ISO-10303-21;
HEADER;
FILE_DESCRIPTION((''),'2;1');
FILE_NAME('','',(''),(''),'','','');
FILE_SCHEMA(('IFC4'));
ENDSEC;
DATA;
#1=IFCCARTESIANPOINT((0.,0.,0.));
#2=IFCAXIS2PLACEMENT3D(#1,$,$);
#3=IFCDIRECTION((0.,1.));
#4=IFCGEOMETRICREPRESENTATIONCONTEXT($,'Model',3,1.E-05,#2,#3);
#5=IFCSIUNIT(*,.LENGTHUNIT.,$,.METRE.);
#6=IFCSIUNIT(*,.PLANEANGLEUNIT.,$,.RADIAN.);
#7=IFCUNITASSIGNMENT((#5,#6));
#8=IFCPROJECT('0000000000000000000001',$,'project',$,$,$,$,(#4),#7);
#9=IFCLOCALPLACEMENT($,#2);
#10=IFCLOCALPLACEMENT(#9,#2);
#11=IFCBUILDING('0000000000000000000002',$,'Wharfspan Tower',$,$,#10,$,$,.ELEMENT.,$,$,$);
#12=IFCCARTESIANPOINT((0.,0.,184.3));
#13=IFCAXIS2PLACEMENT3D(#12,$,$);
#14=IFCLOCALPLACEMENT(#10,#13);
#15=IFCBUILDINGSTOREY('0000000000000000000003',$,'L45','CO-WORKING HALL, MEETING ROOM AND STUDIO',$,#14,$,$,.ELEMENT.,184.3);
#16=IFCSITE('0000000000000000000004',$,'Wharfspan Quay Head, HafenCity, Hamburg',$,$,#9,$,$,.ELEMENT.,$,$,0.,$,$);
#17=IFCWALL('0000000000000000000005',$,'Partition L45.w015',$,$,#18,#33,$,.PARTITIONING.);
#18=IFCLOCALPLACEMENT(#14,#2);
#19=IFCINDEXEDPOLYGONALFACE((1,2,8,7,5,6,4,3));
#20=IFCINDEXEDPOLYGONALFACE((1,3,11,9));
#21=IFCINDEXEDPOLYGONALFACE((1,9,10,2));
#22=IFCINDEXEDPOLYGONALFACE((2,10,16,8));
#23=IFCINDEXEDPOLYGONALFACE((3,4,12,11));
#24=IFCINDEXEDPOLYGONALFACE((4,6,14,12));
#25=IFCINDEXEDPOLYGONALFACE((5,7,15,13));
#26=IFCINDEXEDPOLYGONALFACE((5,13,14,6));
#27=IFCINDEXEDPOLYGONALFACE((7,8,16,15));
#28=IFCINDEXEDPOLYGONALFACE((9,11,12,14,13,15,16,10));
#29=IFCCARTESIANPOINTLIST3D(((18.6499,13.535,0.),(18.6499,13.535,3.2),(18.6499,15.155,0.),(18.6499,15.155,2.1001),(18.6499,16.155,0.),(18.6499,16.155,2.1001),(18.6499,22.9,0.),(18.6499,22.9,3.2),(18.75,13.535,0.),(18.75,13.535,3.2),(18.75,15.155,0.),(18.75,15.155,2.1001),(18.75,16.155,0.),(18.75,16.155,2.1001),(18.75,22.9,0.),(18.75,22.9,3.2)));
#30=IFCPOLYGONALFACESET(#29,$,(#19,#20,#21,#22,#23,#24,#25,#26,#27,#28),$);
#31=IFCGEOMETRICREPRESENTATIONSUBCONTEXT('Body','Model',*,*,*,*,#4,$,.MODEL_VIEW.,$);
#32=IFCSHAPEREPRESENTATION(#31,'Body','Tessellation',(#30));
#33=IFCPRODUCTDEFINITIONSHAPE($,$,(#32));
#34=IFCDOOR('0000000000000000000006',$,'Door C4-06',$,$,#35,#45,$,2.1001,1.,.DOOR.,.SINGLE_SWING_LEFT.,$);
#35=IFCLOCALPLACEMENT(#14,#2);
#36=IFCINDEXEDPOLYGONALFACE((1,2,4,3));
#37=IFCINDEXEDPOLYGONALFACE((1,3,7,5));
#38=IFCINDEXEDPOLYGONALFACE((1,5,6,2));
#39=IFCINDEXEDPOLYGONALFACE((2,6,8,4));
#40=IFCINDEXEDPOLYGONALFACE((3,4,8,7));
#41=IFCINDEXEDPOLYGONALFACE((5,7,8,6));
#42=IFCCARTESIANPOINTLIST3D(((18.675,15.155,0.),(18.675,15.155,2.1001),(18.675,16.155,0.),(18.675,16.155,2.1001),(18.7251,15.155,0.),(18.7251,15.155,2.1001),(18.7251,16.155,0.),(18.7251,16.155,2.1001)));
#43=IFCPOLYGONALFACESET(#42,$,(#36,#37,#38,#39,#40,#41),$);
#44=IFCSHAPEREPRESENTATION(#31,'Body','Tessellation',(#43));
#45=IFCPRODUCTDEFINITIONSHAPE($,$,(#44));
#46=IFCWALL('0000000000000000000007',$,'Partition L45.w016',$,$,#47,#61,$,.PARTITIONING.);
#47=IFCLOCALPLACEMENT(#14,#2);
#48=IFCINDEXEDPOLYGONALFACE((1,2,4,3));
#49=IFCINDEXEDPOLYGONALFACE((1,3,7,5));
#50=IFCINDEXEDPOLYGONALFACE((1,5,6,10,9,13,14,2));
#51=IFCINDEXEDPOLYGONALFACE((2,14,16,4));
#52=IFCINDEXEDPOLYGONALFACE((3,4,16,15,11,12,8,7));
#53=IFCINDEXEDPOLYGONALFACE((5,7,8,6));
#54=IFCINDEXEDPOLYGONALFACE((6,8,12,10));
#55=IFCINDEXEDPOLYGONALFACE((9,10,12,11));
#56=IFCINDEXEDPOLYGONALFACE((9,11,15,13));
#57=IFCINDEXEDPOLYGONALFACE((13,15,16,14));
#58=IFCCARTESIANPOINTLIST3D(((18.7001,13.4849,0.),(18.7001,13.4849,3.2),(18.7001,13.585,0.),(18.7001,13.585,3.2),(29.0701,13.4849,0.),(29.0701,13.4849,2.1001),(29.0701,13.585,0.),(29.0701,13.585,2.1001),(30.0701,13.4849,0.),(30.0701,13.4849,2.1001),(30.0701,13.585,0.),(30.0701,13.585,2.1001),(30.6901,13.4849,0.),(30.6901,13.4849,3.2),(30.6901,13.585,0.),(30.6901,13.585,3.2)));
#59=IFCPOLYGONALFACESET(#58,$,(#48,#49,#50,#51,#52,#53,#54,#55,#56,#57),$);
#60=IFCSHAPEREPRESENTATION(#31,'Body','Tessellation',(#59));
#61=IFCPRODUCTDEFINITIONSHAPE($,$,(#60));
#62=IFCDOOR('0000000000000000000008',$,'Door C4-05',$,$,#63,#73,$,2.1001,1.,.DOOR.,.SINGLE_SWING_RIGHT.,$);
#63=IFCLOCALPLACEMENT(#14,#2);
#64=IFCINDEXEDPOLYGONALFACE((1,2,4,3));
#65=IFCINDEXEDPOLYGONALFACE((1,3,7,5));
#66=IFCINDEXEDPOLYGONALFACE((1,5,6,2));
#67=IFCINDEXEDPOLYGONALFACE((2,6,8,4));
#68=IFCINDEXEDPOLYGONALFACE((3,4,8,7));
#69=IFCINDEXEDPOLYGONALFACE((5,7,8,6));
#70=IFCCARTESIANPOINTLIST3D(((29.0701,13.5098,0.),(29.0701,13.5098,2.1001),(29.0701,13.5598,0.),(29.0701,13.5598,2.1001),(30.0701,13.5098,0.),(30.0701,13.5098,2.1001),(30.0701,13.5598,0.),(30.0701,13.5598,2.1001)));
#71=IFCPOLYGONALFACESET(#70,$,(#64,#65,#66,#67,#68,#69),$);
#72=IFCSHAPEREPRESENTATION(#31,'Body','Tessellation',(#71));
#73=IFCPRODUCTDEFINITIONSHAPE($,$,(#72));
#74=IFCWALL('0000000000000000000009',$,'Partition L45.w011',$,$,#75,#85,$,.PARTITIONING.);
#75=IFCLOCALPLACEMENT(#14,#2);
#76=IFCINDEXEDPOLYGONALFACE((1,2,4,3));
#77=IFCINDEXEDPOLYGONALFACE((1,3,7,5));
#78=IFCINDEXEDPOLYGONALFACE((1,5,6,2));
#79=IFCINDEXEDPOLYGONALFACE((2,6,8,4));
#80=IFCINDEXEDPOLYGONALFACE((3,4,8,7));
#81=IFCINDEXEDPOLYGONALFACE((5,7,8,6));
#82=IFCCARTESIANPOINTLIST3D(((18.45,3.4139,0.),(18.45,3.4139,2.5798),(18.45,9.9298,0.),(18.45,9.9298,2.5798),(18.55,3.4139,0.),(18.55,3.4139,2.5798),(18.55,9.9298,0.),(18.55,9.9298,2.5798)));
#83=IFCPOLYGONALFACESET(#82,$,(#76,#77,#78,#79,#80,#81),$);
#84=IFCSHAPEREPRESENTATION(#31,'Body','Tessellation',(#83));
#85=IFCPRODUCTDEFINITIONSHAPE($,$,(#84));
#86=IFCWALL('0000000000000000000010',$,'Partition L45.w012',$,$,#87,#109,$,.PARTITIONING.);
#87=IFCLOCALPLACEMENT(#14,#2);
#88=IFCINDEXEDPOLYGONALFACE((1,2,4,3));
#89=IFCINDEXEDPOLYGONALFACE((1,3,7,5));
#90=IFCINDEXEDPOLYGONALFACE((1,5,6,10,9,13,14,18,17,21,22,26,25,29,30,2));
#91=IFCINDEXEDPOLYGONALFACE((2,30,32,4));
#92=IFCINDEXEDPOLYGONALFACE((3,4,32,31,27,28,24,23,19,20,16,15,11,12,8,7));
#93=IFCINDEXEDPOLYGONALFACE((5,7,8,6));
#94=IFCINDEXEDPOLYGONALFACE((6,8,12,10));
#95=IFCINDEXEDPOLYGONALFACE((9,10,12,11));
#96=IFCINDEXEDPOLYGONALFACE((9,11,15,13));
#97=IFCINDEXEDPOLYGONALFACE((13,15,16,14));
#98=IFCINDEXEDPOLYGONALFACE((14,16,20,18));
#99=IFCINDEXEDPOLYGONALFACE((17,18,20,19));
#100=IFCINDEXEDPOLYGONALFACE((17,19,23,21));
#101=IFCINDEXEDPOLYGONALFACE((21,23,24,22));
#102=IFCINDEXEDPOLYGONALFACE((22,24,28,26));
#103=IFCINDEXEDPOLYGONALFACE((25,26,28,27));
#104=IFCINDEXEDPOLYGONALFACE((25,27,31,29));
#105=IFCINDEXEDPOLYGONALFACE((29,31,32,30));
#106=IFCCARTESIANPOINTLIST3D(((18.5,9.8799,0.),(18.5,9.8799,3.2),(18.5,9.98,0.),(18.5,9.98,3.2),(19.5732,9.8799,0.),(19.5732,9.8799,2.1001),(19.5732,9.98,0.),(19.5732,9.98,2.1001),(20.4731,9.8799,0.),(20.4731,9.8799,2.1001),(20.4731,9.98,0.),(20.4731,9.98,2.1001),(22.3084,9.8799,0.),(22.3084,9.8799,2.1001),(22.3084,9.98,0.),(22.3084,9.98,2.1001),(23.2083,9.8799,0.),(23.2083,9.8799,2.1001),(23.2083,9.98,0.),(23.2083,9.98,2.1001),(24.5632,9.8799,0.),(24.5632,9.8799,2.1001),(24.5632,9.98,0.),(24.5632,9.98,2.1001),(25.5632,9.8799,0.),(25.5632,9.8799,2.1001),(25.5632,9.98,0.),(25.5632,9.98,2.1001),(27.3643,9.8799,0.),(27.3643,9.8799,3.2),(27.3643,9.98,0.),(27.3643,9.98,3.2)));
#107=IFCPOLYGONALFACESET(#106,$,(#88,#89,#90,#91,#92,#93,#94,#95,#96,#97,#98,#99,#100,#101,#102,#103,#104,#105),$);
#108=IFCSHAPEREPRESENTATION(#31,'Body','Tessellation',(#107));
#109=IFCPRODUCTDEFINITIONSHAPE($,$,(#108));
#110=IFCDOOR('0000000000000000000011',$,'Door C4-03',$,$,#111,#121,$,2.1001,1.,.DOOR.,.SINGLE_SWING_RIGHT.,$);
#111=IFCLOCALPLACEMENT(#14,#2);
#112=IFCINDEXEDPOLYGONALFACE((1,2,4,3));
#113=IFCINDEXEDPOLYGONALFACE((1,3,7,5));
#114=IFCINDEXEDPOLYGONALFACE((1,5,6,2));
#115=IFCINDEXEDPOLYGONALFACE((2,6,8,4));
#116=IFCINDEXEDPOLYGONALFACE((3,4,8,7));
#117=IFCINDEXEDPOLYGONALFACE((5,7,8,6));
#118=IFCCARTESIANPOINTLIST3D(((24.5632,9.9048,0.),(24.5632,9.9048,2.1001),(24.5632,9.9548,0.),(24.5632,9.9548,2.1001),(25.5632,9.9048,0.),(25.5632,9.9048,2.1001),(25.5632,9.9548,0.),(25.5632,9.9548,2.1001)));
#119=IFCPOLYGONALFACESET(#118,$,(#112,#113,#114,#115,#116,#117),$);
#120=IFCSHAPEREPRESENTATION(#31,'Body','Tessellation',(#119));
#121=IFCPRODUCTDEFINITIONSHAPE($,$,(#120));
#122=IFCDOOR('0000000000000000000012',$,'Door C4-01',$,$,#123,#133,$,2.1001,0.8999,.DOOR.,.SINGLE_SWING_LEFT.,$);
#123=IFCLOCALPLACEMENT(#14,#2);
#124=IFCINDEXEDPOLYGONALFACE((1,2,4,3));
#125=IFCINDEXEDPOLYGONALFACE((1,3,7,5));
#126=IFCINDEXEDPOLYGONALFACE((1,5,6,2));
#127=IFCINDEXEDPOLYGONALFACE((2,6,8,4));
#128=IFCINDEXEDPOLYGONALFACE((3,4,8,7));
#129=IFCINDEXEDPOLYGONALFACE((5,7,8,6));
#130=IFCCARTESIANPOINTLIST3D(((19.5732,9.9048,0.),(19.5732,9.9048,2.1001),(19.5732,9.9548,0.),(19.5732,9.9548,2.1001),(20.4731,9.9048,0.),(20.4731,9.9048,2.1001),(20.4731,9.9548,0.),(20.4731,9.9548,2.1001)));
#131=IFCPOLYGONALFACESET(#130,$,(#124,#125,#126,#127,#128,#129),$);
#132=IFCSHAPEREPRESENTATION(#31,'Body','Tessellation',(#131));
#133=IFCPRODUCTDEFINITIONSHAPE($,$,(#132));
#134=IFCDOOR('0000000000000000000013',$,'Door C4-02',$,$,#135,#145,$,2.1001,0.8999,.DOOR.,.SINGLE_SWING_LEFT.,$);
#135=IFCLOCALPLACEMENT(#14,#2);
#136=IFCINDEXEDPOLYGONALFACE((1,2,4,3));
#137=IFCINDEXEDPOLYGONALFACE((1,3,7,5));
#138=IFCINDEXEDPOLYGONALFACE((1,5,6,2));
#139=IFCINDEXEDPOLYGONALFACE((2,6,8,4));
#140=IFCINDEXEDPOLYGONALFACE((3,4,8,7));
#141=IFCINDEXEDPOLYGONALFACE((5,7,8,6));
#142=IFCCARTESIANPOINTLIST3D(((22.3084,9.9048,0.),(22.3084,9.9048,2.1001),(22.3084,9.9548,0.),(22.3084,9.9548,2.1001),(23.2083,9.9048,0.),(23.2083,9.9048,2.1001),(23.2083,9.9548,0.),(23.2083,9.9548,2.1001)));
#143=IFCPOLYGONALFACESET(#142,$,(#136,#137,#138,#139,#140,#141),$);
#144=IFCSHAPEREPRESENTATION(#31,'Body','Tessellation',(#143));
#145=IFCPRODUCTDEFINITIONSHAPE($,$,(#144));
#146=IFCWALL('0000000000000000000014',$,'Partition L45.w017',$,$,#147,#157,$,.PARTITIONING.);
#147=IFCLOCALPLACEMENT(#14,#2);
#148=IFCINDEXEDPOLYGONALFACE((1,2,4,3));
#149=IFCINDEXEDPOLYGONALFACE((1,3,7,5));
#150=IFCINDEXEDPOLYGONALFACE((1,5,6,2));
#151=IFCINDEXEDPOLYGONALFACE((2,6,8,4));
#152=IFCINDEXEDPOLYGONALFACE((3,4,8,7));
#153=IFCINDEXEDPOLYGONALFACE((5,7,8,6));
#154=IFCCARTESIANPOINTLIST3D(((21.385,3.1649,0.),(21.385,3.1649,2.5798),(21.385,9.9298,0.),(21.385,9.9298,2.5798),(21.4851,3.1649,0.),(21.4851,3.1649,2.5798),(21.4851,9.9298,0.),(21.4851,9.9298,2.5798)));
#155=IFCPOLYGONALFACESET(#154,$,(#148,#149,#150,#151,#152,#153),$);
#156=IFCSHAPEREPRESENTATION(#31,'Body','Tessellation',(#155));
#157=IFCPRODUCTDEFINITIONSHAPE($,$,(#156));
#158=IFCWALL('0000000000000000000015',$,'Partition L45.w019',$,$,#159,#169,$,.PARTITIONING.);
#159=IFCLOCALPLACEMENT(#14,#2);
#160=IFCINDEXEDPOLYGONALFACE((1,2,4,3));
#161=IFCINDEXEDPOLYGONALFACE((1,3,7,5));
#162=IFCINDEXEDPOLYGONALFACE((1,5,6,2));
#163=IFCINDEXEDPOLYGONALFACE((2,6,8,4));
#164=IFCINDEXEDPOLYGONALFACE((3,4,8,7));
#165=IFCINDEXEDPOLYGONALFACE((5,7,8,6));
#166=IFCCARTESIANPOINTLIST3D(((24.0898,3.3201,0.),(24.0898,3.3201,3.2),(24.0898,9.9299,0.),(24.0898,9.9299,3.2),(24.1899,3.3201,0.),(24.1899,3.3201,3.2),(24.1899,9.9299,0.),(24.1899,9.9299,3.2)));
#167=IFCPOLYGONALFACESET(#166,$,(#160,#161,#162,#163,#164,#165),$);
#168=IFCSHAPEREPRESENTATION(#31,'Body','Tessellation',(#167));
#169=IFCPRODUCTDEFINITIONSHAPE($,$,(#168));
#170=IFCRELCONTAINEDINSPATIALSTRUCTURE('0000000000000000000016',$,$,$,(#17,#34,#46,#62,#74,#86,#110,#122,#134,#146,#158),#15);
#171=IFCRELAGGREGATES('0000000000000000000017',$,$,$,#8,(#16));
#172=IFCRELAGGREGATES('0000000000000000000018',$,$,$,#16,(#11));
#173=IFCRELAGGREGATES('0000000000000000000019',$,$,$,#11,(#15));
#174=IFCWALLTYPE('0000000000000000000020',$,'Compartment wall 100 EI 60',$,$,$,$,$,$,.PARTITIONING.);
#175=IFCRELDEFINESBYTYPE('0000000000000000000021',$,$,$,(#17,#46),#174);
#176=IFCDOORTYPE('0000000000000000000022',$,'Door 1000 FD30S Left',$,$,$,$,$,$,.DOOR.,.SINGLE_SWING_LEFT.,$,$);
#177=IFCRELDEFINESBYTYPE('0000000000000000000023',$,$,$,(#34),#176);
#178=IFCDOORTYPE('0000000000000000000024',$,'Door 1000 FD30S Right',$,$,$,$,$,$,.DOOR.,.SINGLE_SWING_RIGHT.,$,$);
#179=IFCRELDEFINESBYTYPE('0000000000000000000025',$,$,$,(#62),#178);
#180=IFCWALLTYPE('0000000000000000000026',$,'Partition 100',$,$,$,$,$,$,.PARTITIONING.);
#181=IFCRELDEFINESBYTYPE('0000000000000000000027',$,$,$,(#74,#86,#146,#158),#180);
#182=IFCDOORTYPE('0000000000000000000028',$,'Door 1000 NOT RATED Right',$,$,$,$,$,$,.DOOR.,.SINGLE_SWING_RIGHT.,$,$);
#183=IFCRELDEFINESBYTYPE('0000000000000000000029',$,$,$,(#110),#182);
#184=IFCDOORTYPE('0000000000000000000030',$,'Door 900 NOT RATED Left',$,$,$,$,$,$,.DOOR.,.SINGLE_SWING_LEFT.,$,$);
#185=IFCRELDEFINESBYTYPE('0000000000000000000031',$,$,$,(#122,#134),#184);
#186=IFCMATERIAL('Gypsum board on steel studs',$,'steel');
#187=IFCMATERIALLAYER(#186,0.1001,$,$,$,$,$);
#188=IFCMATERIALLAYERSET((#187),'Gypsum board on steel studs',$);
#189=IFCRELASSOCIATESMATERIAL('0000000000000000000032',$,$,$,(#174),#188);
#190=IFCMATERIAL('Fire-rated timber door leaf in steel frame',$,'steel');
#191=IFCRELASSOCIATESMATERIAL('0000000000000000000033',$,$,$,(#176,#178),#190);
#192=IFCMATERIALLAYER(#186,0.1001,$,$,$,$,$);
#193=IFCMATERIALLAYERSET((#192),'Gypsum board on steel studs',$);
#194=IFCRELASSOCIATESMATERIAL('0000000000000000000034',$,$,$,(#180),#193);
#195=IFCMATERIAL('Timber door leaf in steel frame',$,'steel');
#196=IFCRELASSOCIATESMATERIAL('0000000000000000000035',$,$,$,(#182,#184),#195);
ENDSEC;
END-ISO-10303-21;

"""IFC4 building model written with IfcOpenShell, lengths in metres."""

from ifc_helpers import new_model, si_unit, direction, frame, frame_2d, origin, place, context, subcontext, project, spatial, rectangle, extrude, material, layer, layer_set, type_object, element, fill, save


model = new_model("IFC4")

# Units and contexts
model_context = context("Model", 3, precision=1e-05, world=origin(), true_north=direction((0.0, 1.0)))
body_context = subcontext(model_context, "Body", "Model", "MODEL_VIEW")
ifc_project = project(units=[si_unit("LENGTHUNIT", "METRE"), si_unit("PLANEANGLEUNIT", "RADIAN")], contexts=[model_context])

# Site, building, storey
site_placement = place(None, origin())
site = spatial("IfcSite", under=ifc_project, at=site_placement, Name="Wharfspan Quay Head, HafenCity, Hamburg", CompositionType="ELEMENT", RefElevation=0.0)
building_placement = place(site_placement, origin())
building = spatial("IfcBuilding", under=site, at=building_placement, Name="Wharfspan Tower", CompositionType="ELEMENT")
storey_placement = place(building_placement, frame((0.0, 0.0, 184.3)))
storey = spatial("IfcBuildingStorey", under=building, at=storey_placement, Name="L45", Description="CO-WORKING HALL, MEETING ROOM AND STUDIO", CompositionType="ELEMENT", Elevation=184.3)

# Walls, openings, doors
ifc_material_1 = material(Name="Gypsum board on steel studs", Category="steel")
ifc_layer_1 = layer(ifc_material_1, 0.1001)
ifc_layer_set_1 = layer_set([ifc_layer_1], Name="Gypsum board on steel studs")
wall_type_1 = type_object("IfcWallType", Name="Compartment wall 100 EI 60", PredefinedType="PARTITIONING", material=ifc_layer_set_1)
ifc_material_2 = material(Name="Fire-rated timber door leaf in steel frame", Category="steel")
wall_1_placement = place(storey_placement, frame((18.7, 13.5349, 0.0), z_axis=(0.0, 0.0, 1.0), x_axis=(0.0, 1.0, 0.0)))
wall_1 = element("IfcWall", 1, at=wall_1_placement, inside=storey, type_object=wall_type_1, Name="Partition L45.w015", PredefinedType="PARTITIONING", context=body_context, shape_type="SweptSolid", body=[
    extrude(rectangle(XDim=9.365, YDim=0.1001, at=frame_2d((4.6826, 0.0))), origin(), (0.0, 0.0, 1.0), 3.2),
])
opening_1_placement = place(wall_1_placement, frame((1.6201, 0.0, 0.0)))
opening_1 = element("IfcOpeningElement", 2, at=opening_1_placement, cuts=wall_1, PredefinedType="OPENING", context=body_context, shape_type="SweptSolid", body=[
    extrude(rectangle(XDim=1.0, YDim=2.1001, at=frame_2d((0.5, 1.05))), frame((0.0, 0.0601, 0.0), z_axis=(0.0, -1.0, 0.0), x_axis=(1.0, 0.0, 0.0)), (0.0, 0.0, 1.0), 0.1201),
])
door_type_1 = type_object("IfcDoorType", Name="Door 1000 FD30S Left", OperationType="SINGLE_SWING_LEFT", PredefinedType="DOOR", material=ifc_material_2)
door_1_placement = place(opening_1_placement, origin())
door_1 = element("IfcDoor", 3, at=door_1_placement, inside=storey, type_object=door_type_1, Name="Door C4-06", OperationType="SINGLE_SWING_LEFT", OverallHeight=2.1001, OverallWidth=1.0, PredefinedType="DOOR", context=body_context, shape_type="SweptSolid", body=[
    extrude(rectangle(XDim=1.0, YDim=2.1001, at=frame_2d((0.5, 1.05))), frame((0.0, 0.0249, 0.0), z_axis=(0.0, -1.0, 0.0), x_axis=(1.0, 0.0, 0.0)), (0.0, 0.0, 1.0), 0.05),
])
fill(opening_1, door_1)
wall_2_placement = place(storey_placement, frame((18.7, 13.5349, 0.0), z_axis=(0.0, 0.0, 1.0), x_axis=(1.0, 0.0, 0.0)))
wall_2 = element("IfcWall", 4, at=wall_2_placement, inside=storey, type_object=wall_type_1, Name="Partition L45.w016", PredefinedType="PARTITIONING", context=body_context, shape_type="SweptSolid", body=[
    extrude(rectangle(XDim=11.99, YDim=0.1001, at=frame_2d((5.9951, 0.0))), origin(), (0.0, 0.0, 1.0), 3.2),
])
opening_2_placement = place(wall_2_placement, frame((10.3701, 0.0, 0.0)))
opening_2 = element("IfcOpeningElement", 5, at=opening_2_placement, cuts=wall_2, PredefinedType="OPENING", context=body_context, shape_type="SweptSolid", body=[
    extrude(rectangle(XDim=1.0, YDim=2.1001, at=frame_2d((0.5, 1.05))), frame((0.0, 0.0601, 0.0), z_axis=(0.0, -1.0, 0.0), x_axis=(1.0, 0.0, 0.0)), (0.0, 0.0, 1.0), 0.1201),
])
door_type_2 = type_object("IfcDoorType", Name="Door 1000 FD30S Right", OperationType="SINGLE_SWING_RIGHT", PredefinedType="DOOR", material=ifc_material_2)
door_2_placement = place(opening_2_placement, origin())
door_2 = element("IfcDoor", 6, at=door_2_placement, inside=storey, type_object=door_type_2, Name="Door C4-05", OperationType="SINGLE_SWING_RIGHT", OverallHeight=2.1001, OverallWidth=1.0, PredefinedType="DOOR", context=body_context, shape_type="SweptSolid", body=[
    extrude(rectangle(XDim=1.0, YDim=2.1001, at=frame_2d((0.5, 1.05))), frame((0.0, 0.0249, 0.0), z_axis=(0.0, -1.0, 0.0), x_axis=(1.0, 0.0, 0.0)), (0.0, 0.0, 1.0), 0.05),
])
fill(opening_2, door_2)

# Wall
ifc_layer_2 = layer(ifc_material_1, 0.1001)
ifc_layer_set_2 = layer_set([ifc_layer_2], Name="Gypsum board on steel studs")
wall_type_2 = type_object("IfcWallType", Name="Partition 100", PredefinedType="PARTITIONING", material=ifc_layer_set_2)
wall_3_placement = place(storey_placement, frame((18.5, 3.4141, 0.0), z_axis=(0.0, 0.0, 1.0), x_axis=(0.0, 1.0, 0.0)))
element("IfcWall", 7, at=wall_3_placement, inside=storey, type_object=wall_type_2, Name="Partition L45.w011", PredefinedType="PARTITIONING", context=body_context, shape_type="SweptSolid", body=[
    extrude(rectangle(XDim=6.5159, YDim=0.1001, at=frame_2d((3.2578, 0.0))), origin(), (0.0, 0.0, 1.0), 2.5798),
])

# Wall, openings, doors
wall_4_placement = place(storey_placement, frame((18.5, 9.9299, 0.0), z_axis=(0.0, 0.0, 1.0), x_axis=(1.0, 0.0, 0.0)))
wall_4 = element("IfcWall", 8, at=wall_4_placement, inside=storey, type_object=wall_type_2, Name="Partition L45.w012", PredefinedType="PARTITIONING", context=body_context, shape_type="SweptSolid", body=[
    extrude(rectangle(XDim=8.8643, YDim=0.1001, at=frame_2d((4.4321, 0.0))), origin(), (0.0, 0.0, 1.0), 3.2),
])
opening_3_placement = place(wall_4_placement, frame((1.0732, 0.0, 0.0)))
opening_3 = element("IfcOpeningElement", 9, at=opening_3_placement, cuts=wall_4, PredefinedType="OPENING", context=body_context, shape_type="SweptSolid", body=[
    extrude(rectangle(XDim=0.8999, YDim=2.1001, at=frame_2d((0.45, 1.05))), frame((0.0, 0.0601, 0.0), z_axis=(0.0, -1.0, 0.0), x_axis=(1.0, 0.0, 0.0)), (0.0, 0.0, 1.0), 0.1201),
])
opening_4_placement = place(wall_4_placement, frame((3.8083, 0.0, 0.0)))
opening_4 = element("IfcOpeningElement", 10, at=opening_4_placement, cuts=wall_4, PredefinedType="OPENING", context=body_context, shape_type="SweptSolid", body=[
    extrude(rectangle(XDim=0.8999, YDim=2.1001, at=frame_2d((0.45, 1.05))), frame((0.0, 0.0601, 0.0), z_axis=(0.0, -1.0, 0.0), x_axis=(1.0, 0.0, 0.0)), (0.0, 0.0, 1.0), 0.1201),
])
opening_5_placement = place(wall_4_placement, frame((6.0632, 0.0, 0.0)))
opening_5 = element("IfcOpeningElement", 11, at=opening_5_placement, cuts=wall_4, PredefinedType="OPENING", context=body_context, shape_type="SweptSolid", body=[
    extrude(rectangle(XDim=1.0, YDim=2.1001, at=frame_2d((0.5, 1.05))), frame((0.0, 0.0601, 0.0), z_axis=(0.0, -1.0, 0.0), x_axis=(1.0, 0.0, 0.0)), (0.0, 0.0, 1.0), 0.1201),
])
ifc_material_3 = material(Name="Timber door leaf in steel frame", Category="steel")
door_type_3 = type_object("IfcDoorType", Name="Door 1000 NOT RATED Right", OperationType="SINGLE_SWING_RIGHT", PredefinedType="DOOR", material=ifc_material_3)
door_3_placement = place(opening_5_placement, origin())
door_3 = element("IfcDoor", 12, at=door_3_placement, inside=storey, type_object=door_type_3, Name="Door C4-03", OperationType="SINGLE_SWING_RIGHT", OverallHeight=2.1001, OverallWidth=1.0, PredefinedType="DOOR", context=body_context, shape_type="SweptSolid", body=[
    extrude(rectangle(XDim=1.0, YDim=2.1001, at=frame_2d((0.5, 1.05))), frame((0.0, 0.0249, 0.0), z_axis=(0.0, -1.0, 0.0), x_axis=(1.0, 0.0, 0.0)), (0.0, 0.0, 1.0), 0.05),
])
fill(opening_5, door_3)
door_type_4 = type_object("IfcDoorType", Name="Door 900 NOT RATED Left", OperationType="SINGLE_SWING_LEFT", PredefinedType="DOOR", material=ifc_material_3)
door_4_placement = place(opening_3_placement, origin())
door_4 = element("IfcDoor", 13, at=door_4_placement, inside=storey, type_object=door_type_4, Name="Door C4-01", OperationType="SINGLE_SWING_LEFT", OverallHeight=2.1001, OverallWidth=0.8999, PredefinedType="DOOR", context=body_context, shape_type="SweptSolid", body=[
    extrude(rectangle(XDim=0.8999, YDim=2.1001, at=frame_2d((0.45, 1.05))), frame((0.0, 0.0249, 0.0), z_axis=(0.0, -1.0, 0.0), x_axis=(1.0, 0.0, 0.0)), (0.0, 0.0, 1.0), 0.05),
])
fill(opening_3, door_4)
door_5_placement = place(opening_4_placement, origin())
door_5 = element("IfcDoor", 14, at=door_5_placement, inside=storey, type_object=door_type_4, Name="Door C4-02", OperationType="SINGLE_SWING_LEFT", OverallHeight=2.1001, OverallWidth=0.8999, PredefinedType="DOOR", context=body_context, shape_type="SweptSolid", body=[
    extrude(rectangle(XDim=0.8999, YDim=2.1001, at=frame_2d((0.45, 1.05))), frame((0.0, 0.0249, 0.0), z_axis=(0.0, -1.0, 0.0), x_axis=(1.0, 0.0, 0.0)), (0.0, 0.0, 1.0), 0.05),
])
fill(opening_4, door_5)

# Walls
wall_5_placement = place(storey_placement, frame((21.4351, 3.165, 0.0), z_axis=(0.0, 0.0, 1.0), x_axis=(0.0, 1.0, 0.0)))
element("IfcWall", 15, at=wall_5_placement, inside=storey, type_object=wall_type_2, Name="Partition L45.w017", PredefinedType="PARTITIONING", context=body_context, shape_type="SweptSolid", body=[
    extrude(rectangle(XDim=6.7649, YDim=0.1001, at=frame_2d((3.3823, 0.0))), origin(), (0.0, 0.0, 1.0), 2.5798),
])
wall_6_placement = place(storey_placement, frame((24.1399, 3.3201, 0.0), z_axis=(0.0, 0.0, 1.0), x_axis=(0.0, 1.0, 0.0)))
element("IfcWall", 16, at=wall_6_placement, inside=storey, type_object=wall_type_2, Name="Partition L45.w019", PredefinedType="PARTITIONING", context=body_context, shape_type="SweptSolid", body=[
    extrude(rectangle(XDim=6.6099, YDim=0.1001, at=frame_2d((3.3049, 0.0))), origin(), (0.0, 0.0, 1.0), 3.2),
])

save(model, "model.ifc")
